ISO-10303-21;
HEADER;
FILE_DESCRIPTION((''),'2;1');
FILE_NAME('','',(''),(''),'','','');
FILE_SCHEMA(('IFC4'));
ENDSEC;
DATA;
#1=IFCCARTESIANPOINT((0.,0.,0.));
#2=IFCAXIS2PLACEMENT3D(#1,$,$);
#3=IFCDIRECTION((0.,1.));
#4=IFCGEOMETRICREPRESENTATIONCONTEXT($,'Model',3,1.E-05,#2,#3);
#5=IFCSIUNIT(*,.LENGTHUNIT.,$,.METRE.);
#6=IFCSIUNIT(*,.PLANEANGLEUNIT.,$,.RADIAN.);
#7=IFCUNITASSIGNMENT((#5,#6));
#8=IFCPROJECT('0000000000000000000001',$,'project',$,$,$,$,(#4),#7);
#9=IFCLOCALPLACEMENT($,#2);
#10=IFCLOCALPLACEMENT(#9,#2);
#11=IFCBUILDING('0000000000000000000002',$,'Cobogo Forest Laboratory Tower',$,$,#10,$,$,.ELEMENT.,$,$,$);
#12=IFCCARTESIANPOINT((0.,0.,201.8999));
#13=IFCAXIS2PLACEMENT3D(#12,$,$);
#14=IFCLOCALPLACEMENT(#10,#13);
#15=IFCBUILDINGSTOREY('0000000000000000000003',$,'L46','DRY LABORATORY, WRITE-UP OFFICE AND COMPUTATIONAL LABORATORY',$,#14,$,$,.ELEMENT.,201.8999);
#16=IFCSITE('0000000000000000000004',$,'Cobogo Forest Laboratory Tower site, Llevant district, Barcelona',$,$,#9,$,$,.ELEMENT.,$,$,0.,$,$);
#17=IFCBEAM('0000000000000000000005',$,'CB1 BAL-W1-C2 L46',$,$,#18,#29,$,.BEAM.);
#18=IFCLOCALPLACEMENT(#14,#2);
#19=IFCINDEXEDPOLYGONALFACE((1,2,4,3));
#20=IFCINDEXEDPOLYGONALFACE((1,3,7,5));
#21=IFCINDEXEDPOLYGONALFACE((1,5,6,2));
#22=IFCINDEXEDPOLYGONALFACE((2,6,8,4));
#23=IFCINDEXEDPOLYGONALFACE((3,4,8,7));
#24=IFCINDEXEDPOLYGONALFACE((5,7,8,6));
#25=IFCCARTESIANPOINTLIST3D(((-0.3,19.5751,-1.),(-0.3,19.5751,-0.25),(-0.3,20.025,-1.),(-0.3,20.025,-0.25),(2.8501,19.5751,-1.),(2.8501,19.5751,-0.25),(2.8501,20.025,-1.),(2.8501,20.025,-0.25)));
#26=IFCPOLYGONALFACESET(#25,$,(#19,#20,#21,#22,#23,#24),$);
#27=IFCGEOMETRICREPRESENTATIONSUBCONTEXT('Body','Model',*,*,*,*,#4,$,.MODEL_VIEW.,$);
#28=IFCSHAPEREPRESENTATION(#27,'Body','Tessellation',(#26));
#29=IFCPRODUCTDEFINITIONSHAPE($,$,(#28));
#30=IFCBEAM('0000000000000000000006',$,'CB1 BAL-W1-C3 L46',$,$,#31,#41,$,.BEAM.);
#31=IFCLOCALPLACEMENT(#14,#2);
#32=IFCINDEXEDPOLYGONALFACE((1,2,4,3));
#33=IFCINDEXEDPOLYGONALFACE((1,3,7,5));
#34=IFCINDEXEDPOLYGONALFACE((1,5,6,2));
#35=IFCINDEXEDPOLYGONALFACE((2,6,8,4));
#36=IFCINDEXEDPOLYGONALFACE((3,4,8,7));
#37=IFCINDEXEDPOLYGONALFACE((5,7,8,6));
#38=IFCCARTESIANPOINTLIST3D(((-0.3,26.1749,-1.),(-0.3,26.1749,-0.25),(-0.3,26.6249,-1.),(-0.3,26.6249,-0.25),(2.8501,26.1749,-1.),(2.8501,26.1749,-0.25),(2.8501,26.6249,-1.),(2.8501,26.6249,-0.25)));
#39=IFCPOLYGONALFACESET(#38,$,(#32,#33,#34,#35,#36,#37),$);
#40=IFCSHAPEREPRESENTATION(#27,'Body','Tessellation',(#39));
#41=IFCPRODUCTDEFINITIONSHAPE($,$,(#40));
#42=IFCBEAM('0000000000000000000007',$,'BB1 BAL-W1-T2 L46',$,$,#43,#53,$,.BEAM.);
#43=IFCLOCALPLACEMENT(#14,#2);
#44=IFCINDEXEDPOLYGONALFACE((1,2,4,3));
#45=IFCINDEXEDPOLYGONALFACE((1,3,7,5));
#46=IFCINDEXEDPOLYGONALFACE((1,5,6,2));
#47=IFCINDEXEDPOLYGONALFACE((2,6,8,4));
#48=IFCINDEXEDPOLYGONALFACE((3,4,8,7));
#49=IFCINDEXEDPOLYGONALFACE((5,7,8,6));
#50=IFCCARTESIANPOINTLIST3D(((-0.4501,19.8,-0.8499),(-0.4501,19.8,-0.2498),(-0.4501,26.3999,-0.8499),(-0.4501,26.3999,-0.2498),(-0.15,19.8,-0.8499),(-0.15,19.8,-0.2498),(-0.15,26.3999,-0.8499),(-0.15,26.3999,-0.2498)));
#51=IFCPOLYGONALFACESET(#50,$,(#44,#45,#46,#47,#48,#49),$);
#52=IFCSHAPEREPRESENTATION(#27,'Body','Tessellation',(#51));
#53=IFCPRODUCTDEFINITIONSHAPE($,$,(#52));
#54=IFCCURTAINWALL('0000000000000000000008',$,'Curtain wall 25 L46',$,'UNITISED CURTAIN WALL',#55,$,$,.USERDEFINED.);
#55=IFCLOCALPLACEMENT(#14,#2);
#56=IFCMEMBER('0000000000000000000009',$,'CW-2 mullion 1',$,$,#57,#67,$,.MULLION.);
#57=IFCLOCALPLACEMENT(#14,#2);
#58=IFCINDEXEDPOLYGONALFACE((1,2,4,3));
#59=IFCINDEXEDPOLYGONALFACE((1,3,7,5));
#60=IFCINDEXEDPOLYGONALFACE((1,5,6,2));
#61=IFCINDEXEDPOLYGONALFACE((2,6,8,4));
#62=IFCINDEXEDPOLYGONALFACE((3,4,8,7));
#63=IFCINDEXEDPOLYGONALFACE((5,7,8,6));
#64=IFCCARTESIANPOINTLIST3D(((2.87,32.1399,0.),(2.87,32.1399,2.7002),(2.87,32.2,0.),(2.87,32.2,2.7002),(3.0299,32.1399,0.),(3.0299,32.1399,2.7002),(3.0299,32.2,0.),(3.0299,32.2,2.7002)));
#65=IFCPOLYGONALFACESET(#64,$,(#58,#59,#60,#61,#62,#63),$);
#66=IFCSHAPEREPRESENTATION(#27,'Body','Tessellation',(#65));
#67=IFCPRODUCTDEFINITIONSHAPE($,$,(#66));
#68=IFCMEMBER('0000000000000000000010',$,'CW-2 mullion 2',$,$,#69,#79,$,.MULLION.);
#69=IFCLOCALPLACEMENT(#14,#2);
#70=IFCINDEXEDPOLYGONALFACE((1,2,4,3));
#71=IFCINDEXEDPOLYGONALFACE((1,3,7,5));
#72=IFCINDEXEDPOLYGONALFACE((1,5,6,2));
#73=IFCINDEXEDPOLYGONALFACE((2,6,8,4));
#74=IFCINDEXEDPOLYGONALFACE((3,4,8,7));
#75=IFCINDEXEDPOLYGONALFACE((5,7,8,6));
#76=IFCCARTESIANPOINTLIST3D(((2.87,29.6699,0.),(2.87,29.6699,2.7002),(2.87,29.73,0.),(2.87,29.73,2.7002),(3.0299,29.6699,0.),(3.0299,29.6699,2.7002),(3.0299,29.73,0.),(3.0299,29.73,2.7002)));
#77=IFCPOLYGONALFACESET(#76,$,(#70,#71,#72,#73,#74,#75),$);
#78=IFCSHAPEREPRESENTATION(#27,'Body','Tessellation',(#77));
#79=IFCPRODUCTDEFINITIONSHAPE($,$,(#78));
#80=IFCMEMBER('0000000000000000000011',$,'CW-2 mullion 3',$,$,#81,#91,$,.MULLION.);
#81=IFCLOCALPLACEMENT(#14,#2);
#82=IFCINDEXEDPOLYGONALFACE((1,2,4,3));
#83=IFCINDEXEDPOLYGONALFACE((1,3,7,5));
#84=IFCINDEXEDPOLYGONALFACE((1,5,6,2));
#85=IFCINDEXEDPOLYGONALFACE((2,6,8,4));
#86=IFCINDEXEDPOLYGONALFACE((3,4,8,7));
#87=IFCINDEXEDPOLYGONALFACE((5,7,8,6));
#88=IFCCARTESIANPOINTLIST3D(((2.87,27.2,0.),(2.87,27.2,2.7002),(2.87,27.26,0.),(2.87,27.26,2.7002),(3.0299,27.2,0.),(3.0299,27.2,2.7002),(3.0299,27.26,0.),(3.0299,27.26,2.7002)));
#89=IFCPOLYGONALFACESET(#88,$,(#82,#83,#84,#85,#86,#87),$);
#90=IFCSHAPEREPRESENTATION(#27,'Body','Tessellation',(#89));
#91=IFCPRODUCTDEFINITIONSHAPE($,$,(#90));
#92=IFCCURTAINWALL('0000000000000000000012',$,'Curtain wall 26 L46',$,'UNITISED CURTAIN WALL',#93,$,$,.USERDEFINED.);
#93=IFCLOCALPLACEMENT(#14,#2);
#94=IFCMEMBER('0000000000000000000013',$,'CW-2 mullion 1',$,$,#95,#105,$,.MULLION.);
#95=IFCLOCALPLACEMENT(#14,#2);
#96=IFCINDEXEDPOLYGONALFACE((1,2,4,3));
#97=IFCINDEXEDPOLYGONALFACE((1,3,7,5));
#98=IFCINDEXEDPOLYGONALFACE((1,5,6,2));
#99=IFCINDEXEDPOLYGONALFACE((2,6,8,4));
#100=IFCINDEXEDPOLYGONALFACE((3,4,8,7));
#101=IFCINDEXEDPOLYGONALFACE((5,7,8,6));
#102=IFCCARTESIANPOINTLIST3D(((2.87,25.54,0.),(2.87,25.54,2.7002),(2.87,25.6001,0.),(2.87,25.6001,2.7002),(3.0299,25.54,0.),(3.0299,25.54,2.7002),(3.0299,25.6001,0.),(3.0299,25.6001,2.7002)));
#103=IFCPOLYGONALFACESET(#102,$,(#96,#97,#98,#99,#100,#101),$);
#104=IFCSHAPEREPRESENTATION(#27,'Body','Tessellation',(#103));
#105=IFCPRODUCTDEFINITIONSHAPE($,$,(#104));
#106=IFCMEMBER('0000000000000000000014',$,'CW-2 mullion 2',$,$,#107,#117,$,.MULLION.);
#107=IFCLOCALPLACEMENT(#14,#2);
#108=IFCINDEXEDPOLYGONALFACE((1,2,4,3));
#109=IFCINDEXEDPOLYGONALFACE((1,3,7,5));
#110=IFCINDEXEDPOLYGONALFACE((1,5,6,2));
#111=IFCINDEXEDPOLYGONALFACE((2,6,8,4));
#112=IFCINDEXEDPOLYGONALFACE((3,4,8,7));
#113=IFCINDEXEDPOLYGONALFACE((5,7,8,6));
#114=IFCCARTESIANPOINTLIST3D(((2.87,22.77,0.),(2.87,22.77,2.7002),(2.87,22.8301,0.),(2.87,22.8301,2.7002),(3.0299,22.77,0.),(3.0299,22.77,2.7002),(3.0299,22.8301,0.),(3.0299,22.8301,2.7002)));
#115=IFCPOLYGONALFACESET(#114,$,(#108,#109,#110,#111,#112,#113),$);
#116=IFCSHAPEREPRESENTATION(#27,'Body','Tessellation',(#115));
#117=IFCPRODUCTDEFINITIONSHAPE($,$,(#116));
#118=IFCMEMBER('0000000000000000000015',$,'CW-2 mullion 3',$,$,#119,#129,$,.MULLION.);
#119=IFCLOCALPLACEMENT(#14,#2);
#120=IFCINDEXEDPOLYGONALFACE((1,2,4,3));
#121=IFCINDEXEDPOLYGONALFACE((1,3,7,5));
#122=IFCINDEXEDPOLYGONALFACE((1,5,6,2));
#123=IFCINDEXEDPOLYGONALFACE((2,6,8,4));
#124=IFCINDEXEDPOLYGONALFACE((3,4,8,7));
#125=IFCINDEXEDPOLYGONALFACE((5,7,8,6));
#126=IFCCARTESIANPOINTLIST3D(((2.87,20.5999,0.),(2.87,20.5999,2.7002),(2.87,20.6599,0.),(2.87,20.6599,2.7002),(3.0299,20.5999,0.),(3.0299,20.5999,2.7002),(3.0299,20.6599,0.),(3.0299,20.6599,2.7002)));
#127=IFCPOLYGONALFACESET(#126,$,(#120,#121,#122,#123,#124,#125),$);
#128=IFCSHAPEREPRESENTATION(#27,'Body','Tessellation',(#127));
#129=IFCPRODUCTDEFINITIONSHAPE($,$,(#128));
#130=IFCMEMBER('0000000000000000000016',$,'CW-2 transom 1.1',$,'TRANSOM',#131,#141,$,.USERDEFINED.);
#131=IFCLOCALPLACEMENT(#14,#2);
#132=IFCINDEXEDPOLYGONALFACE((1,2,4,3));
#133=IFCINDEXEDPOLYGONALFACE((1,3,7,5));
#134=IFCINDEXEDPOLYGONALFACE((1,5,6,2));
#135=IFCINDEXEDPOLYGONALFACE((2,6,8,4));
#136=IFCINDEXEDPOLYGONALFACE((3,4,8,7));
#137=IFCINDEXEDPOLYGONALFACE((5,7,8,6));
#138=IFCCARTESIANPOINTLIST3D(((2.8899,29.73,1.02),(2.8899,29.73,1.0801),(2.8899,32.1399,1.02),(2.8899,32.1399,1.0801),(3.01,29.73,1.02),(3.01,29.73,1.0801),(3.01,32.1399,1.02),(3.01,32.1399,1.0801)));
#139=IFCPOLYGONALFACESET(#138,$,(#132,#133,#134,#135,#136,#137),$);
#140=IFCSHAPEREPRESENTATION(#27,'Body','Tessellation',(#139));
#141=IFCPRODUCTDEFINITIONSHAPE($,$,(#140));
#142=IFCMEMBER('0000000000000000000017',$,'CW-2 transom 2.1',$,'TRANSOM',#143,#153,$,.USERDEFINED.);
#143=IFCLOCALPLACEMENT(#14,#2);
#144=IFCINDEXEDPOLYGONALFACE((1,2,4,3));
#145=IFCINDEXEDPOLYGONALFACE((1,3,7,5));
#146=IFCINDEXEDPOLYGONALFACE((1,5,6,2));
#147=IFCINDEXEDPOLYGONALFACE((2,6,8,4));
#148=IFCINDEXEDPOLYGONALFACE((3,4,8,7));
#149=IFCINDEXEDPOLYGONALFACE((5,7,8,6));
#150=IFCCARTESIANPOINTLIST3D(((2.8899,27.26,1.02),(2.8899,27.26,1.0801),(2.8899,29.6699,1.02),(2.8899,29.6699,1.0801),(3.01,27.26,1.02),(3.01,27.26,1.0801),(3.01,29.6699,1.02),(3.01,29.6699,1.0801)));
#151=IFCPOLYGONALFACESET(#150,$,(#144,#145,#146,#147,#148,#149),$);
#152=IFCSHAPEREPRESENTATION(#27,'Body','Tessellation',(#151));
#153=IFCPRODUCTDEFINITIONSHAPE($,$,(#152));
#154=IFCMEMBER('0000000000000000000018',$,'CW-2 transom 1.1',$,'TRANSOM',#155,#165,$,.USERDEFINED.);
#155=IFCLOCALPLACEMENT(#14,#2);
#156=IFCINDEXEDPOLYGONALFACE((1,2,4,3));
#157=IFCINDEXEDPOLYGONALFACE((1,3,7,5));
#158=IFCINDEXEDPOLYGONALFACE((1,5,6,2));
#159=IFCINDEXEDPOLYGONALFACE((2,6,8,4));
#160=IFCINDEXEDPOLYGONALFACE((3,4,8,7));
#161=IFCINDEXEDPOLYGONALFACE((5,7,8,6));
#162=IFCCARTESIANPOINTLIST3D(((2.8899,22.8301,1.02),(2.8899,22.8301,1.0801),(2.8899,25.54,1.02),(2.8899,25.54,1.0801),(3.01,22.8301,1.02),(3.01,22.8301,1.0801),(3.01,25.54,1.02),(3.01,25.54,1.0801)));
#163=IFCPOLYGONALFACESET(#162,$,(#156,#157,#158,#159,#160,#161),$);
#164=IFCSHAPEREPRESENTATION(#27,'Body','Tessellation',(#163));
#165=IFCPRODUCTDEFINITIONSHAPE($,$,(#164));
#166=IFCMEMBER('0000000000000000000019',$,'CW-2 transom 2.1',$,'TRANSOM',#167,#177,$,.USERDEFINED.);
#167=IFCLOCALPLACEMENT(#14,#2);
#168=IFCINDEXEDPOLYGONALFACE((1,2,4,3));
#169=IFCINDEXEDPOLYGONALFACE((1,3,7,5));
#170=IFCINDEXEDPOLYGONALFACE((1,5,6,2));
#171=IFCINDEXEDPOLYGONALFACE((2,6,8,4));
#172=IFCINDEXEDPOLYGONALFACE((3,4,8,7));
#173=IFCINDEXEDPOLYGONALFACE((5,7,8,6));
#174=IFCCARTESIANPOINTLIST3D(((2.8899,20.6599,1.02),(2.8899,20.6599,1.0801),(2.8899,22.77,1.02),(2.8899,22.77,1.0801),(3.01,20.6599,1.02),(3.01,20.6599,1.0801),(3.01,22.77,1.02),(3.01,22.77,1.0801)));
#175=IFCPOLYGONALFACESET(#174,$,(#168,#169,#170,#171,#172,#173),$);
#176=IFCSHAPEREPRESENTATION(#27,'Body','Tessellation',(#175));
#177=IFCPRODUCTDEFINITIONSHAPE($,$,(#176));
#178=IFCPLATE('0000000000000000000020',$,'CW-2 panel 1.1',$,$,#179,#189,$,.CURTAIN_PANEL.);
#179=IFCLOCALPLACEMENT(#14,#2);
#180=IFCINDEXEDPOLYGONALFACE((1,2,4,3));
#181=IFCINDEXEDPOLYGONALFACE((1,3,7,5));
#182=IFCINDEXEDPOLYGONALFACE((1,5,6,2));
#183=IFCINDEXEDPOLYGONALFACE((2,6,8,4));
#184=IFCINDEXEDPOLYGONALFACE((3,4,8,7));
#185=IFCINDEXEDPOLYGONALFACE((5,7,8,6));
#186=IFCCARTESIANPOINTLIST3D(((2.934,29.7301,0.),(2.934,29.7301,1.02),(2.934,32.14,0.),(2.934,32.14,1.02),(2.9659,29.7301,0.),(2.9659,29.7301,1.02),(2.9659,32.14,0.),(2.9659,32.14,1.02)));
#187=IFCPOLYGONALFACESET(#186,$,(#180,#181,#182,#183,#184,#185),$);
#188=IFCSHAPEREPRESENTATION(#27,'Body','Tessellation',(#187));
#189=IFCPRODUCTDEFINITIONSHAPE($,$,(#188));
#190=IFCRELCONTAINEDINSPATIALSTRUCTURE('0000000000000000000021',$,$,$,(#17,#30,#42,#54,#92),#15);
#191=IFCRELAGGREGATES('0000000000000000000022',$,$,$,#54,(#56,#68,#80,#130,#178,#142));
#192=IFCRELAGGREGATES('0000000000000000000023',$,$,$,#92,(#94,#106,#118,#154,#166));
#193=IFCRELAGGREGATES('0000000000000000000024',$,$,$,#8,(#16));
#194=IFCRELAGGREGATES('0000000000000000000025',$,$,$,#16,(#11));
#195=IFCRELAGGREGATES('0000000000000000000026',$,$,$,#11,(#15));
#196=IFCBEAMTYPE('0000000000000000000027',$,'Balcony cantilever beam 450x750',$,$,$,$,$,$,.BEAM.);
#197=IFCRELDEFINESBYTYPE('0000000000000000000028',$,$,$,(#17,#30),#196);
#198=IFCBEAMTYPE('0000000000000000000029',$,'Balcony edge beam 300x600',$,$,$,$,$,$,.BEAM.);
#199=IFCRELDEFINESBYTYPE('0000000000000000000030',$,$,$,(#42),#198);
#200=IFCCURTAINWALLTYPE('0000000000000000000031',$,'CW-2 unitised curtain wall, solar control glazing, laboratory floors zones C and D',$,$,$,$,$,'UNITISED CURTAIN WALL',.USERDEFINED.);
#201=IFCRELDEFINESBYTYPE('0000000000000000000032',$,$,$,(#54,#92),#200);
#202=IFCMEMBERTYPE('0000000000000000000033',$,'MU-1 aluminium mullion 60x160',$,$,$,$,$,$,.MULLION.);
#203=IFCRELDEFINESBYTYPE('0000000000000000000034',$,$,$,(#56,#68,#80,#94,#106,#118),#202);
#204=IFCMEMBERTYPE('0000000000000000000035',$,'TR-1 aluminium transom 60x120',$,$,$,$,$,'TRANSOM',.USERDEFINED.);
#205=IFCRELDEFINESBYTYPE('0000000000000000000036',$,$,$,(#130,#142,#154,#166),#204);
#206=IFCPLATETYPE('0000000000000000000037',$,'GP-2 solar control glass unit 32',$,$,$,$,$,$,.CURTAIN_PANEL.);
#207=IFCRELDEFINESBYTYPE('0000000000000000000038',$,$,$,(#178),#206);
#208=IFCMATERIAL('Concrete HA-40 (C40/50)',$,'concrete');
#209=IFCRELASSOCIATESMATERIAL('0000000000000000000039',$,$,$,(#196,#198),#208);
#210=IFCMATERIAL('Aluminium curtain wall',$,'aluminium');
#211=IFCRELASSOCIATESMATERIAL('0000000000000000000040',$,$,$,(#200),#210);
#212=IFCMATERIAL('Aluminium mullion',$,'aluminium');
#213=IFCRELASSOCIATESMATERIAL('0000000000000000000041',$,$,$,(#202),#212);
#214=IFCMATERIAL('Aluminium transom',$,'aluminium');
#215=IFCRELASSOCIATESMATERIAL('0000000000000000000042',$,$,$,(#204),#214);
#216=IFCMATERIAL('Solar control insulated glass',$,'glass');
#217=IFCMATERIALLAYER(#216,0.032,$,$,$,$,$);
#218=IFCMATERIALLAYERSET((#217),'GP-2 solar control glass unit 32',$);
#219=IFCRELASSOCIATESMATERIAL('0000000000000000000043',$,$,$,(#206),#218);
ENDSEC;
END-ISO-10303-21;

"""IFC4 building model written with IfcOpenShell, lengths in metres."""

from ifc_helpers import new_model, si_unit, direction, frame, origin, origin_2d, place, context, subcontext, project, spatial, rectangle, extrude, material, layer, layer_set, material_profile, profile_set, type_object, element, aggregate, save


model = new_model("IFC4")

# Units and contexts
model_context = context("Model", 3, precision=1e-05, world=origin(), true_north=direction((0.0, 1.0)))
body_context = subcontext(model_context, "Body", "Model", "MODEL_VIEW")
ifc_project = project(units=[si_unit("LENGTHUNIT", "METRE"), si_unit("PLANEANGLEUNIT", "RADIAN")], contexts=[model_context])

# Site, building, storey
site_placement = place(None, origin())
site = spatial("IfcSite", under=ifc_project, at=site_placement, Name="Cobogo Forest Laboratory Tower site, Llevant district, Barcelona", CompositionType="ELEMENT", RefElevation=0.0)
building_placement = place(site_placement, origin())
building = spatial("IfcBuilding", under=site, at=building_placement, Name="Cobogo Forest Laboratory Tower", CompositionType="ELEMENT")
storey_placement = place(building_placement, frame((0.0, 0.0, 201.8999)))
storey = spatial("IfcBuildingStorey", under=building, at=storey_placement, Name="L46", Description="DRY LABORATORY, WRITE-UP OFFICE AND COMPUTATIONAL LABORATORY", CompositionType="ELEMENT", Elevation=201.8999)

# Beams
ifc_material_1 = material(Name="Concrete HA-40 (C40/50)", Category="concrete")
ifc_material_profile_1 = material_profile(ifc_material_1, rectangle(XDim=0.45, YDim=0.75, at=origin_2d()), Name="RC 450x750")
ifc_profile_set_1 = profile_set([ifc_material_profile_1], Name="Concrete HA-40 (C40/50)")
beam_type_1 = type_object("IfcBeamType", Name="Balcony cantilever beam 450x750", PredefinedType="BEAM", material=ifc_profile_set_1)
for number, where, z_axis, x_axis, name in (
    (1, (2.8501, 19.8, -0.625), (-1.0, 0.0, 0.0), (0.0, -1.0, 0.0), "CB1 BAL-W1-C2 L46"),
    (2, (2.8501, 26.3999, -0.625), (-1.0, 0.0, 0.0), (0.0, -1.0, 0.0), "CB1 BAL-W1-C3 L46"),
):
    element("IfcBeam", number, at=place(storey_placement, frame(where, z_axis=z_axis, x_axis=x_axis)), inside=storey, type_object=beam_type_1, Name=name, PredefinedType="BEAM", context=body_context, shape_type="SweptSolid", body=[
        extrude(rectangle(XDim=0.45, YDim=0.75, at=origin_2d()), origin(), (0.0, 0.0, 1.0), 3.1501),
    ])
ifc_material_profile_2 = material_profile(ifc_material_1, rectangle(XDim=0.3, YDim=0.6001, at=origin_2d()), Name="RC 300x600")
ifc_profile_set_2 = profile_set([ifc_material_profile_2], Name="Concrete HA-40 (C40/50)")
beam_type_2 = type_object("IfcBeamType", Name="Balcony edge beam 300x600", PredefinedType="BEAM", material=ifc_profile_set_2)
beam_placement = place(storey_placement, frame((-0.3, 19.8, -0.5498), z_axis=(0.0, 1.0, 0.0), x_axis=(-1.0, 0.0, 0.0)))
element("IfcBeam", 3, at=beam_placement, inside=storey, type_object=beam_type_2, Name="BB1 BAL-W1-T2 L46", PredefinedType="BEAM", context=body_context, shape_type="SweptSolid", body=[
    extrude(rectangle(XDim=0.3, YDim=0.6001, at=origin_2d()), origin(), (0.0, 0.0, 1.0), 6.5999),
])

# Curtain walls, members
ifc_material_2 = material(Name="Aluminium curtain wall", Category="aluminium")
curtain_wall_type = type_object("IfcCurtainWallType", Name="CW-2 unitised curtain wall, solar control glazing, laboratory floors zones C and D", ElementType="UNITISED CURTAIN WALL", PredefinedType="USERDEFINED", material=ifc_material_2)
curtain_wall_1_placement = place(storey_placement, origin())
curtain_wall_1 = element("IfcCurtainWall", 4, at=curtain_wall_1_placement, inside=storey, type_object=curtain_wall_type, Name="Curtain wall 25 L46", ObjectType="UNITISED CURTAIN WALL", PredefinedType="USERDEFINED")
ifc_material_3 = material(Name="Aluminium mullion", Category="aluminium")
ifc_material_profile_3 = material_profile(ifc_material_3, rectangle(XDim=0.0601, YDim=0.1599, at=origin_2d()), Name="AL 60x160")
ifc_profile_set_3 = profile_set([ifc_material_profile_3], Name="Aluminium mullion")
member_type_1 = type_object("IfcMemberType", Name="MU-1 aluminium mullion 60x160", PredefinedType="MULLION", material=ifc_profile_set_3)
member_1_placement = place(storey_placement, frame((2.95, 32.1699, 0.0), z_axis=(0.0, 0.0, 1.0), x_axis=(0.0, -1.0, 0.0)))
member_1 = element("IfcMember", 5, at=member_1_placement, type_object=member_type_1, Name="CW-2 mullion 1", PredefinedType="MULLION", context=body_context, shape_type="SweptSolid", body=[
    extrude(rectangle(XDim=0.0601, YDim=0.1599, at=origin_2d()), origin(), (0.0, 0.0, 1.0), 2.7002),
])
member_2_placement = place(storey_placement, frame((2.95, 29.7, 0.0), z_axis=(0.0, 0.0, 1.0), x_axis=(0.0, -1.0, 0.0)))
member_2 = element("IfcMember", 6, at=member_2_placement, type_object=member_type_1, Name="CW-2 mullion 2", PredefinedType="MULLION", context=body_context, shape_type="SweptSolid", body=[
    extrude(rectangle(XDim=0.0601, YDim=0.1599, at=origin_2d()), origin(), (0.0, 0.0, 1.0), 2.7002),
])
member_3_placement = place(storey_placement, frame((2.95, 27.23, 0.0), z_axis=(0.0, 0.0, 1.0), x_axis=(0.0, -1.0, 0.0)))
member_3 = element("IfcMember", 7, at=member_3_placement, type_object=member_type_1, Name="CW-2 mullion 3", PredefinedType="MULLION", context=body_context, shape_type="SweptSolid", body=[
    extrude(rectangle(XDim=0.0601, YDim=0.1599, at=origin_2d()), origin(), (0.0, 0.0, 1.0), 2.7002),
])
curtain_wall_2_placement = place(storey_placement, origin())
curtain_wall_2 = element("IfcCurtainWall", 8, at=curtain_wall_2_placement, inside=storey, type_object=curtain_wall_type, Name="Curtain wall 26 L46", ObjectType="UNITISED CURTAIN WALL", PredefinedType="USERDEFINED")
member_4_placement = place(storey_placement, frame((2.95, 25.5701, 0.0), z_axis=(0.0, 0.0, 1.0), x_axis=(0.0, -1.0, 0.0)))
member_4 = element("IfcMember", 9, at=member_4_placement, type_object=member_type_1, Name="CW-2 mullion 1", PredefinedType="MULLION", context=body_context, shape_type="SweptSolid", body=[
    extrude(rectangle(XDim=0.0601, YDim=0.1599, at=origin_2d()), origin(), (0.0, 0.0, 1.0), 2.7002),
])
member_5_placement = place(storey_placement, frame((2.95, 22.8, 0.0), z_axis=(0.0, 0.0, 1.0), x_axis=(0.0, -1.0, 0.0)))
member_5 = element("IfcMember", 10, at=member_5_placement, type_object=member_type_1, Name="CW-2 mullion 2", PredefinedType="MULLION", context=body_context, shape_type="SweptSolid", body=[
    extrude(rectangle(XDim=0.0601, YDim=0.1599, at=origin_2d()), origin(), (0.0, 0.0, 1.0), 2.7002),
])
member_6_placement = place(storey_placement, frame((2.95, 20.6299, 0.0), z_axis=(0.0, 0.0, 1.0), x_axis=(0.0, -1.0, 0.0)))
member_6 = element("IfcMember", 11, at=member_6_placement, type_object=member_type_1, Name="CW-2 mullion 3", PredefinedType="MULLION", context=body_context, shape_type="SweptSolid", body=[
    extrude(rectangle(XDim=0.0601, YDim=0.1599, at=origin_2d()), origin(), (0.0, 0.0, 1.0), 2.7002),
])

# Members
ifc_material_4 = material(Name="Aluminium transom", Category="aluminium")
ifc_material_profile_4 = material_profile(ifc_material_4, rectangle(XDim=0.1201, YDim=0.0601, at=origin_2d()), Name="AL 60x120")
ifc_profile_set_4 = profile_set([ifc_material_profile_4], Name="Aluminium transom")
member_type_2 = type_object("IfcMemberType", Name="TR-1 aluminium transom 60x120", ElementType="TRANSOM", PredefinedType="USERDEFINED", material=ifc_profile_set_4)
member_7_placement = place(storey_placement, frame((2.95, 32.1399, 1.05), z_axis=(0.0, -1.0, 0.0), x_axis=(1.0, 0.0, 0.0)))
member_7 = element("IfcMember", 12, at=member_7_placement, type_object=member_type_2, Name="CW-2 transom 1.1", ObjectType="TRANSOM", PredefinedType="USERDEFINED", context=body_context, shape_type="SweptSolid", body=[
    extrude(rectangle(XDim=0.1201, YDim=0.0601, at=origin_2d()), origin(), (0.0, 0.0, 1.0), 2.4099),
])
member_8_placement = place(storey_placement, frame((2.95, 29.6699, 1.05), z_axis=(0.0, -1.0, 0.0), x_axis=(1.0, 0.0, 0.0)))
member_8 = element("IfcMember", 13, at=member_8_placement, type_object=member_type_2, Name="CW-2 transom 2.1", ObjectType="TRANSOM", PredefinedType="USERDEFINED", context=body_context, shape_type="SweptSolid", body=[
    extrude(rectangle(XDim=0.1201, YDim=0.0601, at=origin_2d()), origin(), (0.0, 0.0, 1.0), 2.4099),
])
member_9_placement = place(storey_placement, frame((2.95, 25.54, 1.05), z_axis=(0.0, -1.0, 0.0), x_axis=(1.0, 0.0, 0.0)))
member_9 = element("IfcMember", 14, at=member_9_placement, type_object=member_type_2, Name="CW-2 transom 1.1", ObjectType="TRANSOM", PredefinedType="USERDEFINED", context=body_context, shape_type="SweptSolid", body=[
    extrude(rectangle(XDim=0.1201, YDim=0.0601, at=origin_2d()), origin(), (0.0, 0.0, 1.0), 2.71),
])
member_10_placement = place(storey_placement, frame((2.95, 22.77, 1.05), z_axis=(0.0, -1.0, 0.0), x_axis=(1.0, 0.0, 0.0)))
member_10 = element("IfcMember", 15, at=member_10_placement, type_object=member_type_2, Name="CW-2 transom 2.1", ObjectType="TRANSOM", PredefinedType="USERDEFINED", context=body_context, shape_type="SweptSolid", body=[
    extrude(rectangle(XDim=0.1201, YDim=0.0601, at=origin_2d()), origin(), (0.0, 0.0, 1.0), 2.1101),
])

# Plate
ifc_material_5 = material(Name="Solar control insulated glass", Category="glass")
ifc_layer_1 = layer(ifc_material_5, 0.032)
ifc_layer_set_1 = layer_set([ifc_layer_1], Name="GP-2 solar control glass unit 32")
plate_type_1 = type_object("IfcPlateType", Name="GP-2 solar control glass unit 32", PredefinedType="CURTAIN_PANEL", material=ifc_layer_set_1)
plate_1_placement = place(storey_placement, frame((2.95, 30.9351, 0.0), z_axis=(0.0, 0.0, 1.0), x_axis=(0.0, -1.0, 0.0)))
plate_1 = element("IfcPlate", 16, at=plate_1_placement, type_object=plate_type_1, Name="CW-2 panel 1.1", PredefinedType="CURTAIN_PANEL", context=body_context, shape_type="SweptSolid", body=[
    extrude(rectangle(XDim=2.4099, YDim=0.032, at=origin_2d()), origin(), (0.0, 0.0, 1.0), 1.02),
])
aggregate(curtain_wall_1, [member_1, member_2, member_3, member_7, plate_1, member_8])
aggregate(curtain_wall_2, [member_4, member_5, member_6, member_9, member_10])

save(model, "model.ifc")
